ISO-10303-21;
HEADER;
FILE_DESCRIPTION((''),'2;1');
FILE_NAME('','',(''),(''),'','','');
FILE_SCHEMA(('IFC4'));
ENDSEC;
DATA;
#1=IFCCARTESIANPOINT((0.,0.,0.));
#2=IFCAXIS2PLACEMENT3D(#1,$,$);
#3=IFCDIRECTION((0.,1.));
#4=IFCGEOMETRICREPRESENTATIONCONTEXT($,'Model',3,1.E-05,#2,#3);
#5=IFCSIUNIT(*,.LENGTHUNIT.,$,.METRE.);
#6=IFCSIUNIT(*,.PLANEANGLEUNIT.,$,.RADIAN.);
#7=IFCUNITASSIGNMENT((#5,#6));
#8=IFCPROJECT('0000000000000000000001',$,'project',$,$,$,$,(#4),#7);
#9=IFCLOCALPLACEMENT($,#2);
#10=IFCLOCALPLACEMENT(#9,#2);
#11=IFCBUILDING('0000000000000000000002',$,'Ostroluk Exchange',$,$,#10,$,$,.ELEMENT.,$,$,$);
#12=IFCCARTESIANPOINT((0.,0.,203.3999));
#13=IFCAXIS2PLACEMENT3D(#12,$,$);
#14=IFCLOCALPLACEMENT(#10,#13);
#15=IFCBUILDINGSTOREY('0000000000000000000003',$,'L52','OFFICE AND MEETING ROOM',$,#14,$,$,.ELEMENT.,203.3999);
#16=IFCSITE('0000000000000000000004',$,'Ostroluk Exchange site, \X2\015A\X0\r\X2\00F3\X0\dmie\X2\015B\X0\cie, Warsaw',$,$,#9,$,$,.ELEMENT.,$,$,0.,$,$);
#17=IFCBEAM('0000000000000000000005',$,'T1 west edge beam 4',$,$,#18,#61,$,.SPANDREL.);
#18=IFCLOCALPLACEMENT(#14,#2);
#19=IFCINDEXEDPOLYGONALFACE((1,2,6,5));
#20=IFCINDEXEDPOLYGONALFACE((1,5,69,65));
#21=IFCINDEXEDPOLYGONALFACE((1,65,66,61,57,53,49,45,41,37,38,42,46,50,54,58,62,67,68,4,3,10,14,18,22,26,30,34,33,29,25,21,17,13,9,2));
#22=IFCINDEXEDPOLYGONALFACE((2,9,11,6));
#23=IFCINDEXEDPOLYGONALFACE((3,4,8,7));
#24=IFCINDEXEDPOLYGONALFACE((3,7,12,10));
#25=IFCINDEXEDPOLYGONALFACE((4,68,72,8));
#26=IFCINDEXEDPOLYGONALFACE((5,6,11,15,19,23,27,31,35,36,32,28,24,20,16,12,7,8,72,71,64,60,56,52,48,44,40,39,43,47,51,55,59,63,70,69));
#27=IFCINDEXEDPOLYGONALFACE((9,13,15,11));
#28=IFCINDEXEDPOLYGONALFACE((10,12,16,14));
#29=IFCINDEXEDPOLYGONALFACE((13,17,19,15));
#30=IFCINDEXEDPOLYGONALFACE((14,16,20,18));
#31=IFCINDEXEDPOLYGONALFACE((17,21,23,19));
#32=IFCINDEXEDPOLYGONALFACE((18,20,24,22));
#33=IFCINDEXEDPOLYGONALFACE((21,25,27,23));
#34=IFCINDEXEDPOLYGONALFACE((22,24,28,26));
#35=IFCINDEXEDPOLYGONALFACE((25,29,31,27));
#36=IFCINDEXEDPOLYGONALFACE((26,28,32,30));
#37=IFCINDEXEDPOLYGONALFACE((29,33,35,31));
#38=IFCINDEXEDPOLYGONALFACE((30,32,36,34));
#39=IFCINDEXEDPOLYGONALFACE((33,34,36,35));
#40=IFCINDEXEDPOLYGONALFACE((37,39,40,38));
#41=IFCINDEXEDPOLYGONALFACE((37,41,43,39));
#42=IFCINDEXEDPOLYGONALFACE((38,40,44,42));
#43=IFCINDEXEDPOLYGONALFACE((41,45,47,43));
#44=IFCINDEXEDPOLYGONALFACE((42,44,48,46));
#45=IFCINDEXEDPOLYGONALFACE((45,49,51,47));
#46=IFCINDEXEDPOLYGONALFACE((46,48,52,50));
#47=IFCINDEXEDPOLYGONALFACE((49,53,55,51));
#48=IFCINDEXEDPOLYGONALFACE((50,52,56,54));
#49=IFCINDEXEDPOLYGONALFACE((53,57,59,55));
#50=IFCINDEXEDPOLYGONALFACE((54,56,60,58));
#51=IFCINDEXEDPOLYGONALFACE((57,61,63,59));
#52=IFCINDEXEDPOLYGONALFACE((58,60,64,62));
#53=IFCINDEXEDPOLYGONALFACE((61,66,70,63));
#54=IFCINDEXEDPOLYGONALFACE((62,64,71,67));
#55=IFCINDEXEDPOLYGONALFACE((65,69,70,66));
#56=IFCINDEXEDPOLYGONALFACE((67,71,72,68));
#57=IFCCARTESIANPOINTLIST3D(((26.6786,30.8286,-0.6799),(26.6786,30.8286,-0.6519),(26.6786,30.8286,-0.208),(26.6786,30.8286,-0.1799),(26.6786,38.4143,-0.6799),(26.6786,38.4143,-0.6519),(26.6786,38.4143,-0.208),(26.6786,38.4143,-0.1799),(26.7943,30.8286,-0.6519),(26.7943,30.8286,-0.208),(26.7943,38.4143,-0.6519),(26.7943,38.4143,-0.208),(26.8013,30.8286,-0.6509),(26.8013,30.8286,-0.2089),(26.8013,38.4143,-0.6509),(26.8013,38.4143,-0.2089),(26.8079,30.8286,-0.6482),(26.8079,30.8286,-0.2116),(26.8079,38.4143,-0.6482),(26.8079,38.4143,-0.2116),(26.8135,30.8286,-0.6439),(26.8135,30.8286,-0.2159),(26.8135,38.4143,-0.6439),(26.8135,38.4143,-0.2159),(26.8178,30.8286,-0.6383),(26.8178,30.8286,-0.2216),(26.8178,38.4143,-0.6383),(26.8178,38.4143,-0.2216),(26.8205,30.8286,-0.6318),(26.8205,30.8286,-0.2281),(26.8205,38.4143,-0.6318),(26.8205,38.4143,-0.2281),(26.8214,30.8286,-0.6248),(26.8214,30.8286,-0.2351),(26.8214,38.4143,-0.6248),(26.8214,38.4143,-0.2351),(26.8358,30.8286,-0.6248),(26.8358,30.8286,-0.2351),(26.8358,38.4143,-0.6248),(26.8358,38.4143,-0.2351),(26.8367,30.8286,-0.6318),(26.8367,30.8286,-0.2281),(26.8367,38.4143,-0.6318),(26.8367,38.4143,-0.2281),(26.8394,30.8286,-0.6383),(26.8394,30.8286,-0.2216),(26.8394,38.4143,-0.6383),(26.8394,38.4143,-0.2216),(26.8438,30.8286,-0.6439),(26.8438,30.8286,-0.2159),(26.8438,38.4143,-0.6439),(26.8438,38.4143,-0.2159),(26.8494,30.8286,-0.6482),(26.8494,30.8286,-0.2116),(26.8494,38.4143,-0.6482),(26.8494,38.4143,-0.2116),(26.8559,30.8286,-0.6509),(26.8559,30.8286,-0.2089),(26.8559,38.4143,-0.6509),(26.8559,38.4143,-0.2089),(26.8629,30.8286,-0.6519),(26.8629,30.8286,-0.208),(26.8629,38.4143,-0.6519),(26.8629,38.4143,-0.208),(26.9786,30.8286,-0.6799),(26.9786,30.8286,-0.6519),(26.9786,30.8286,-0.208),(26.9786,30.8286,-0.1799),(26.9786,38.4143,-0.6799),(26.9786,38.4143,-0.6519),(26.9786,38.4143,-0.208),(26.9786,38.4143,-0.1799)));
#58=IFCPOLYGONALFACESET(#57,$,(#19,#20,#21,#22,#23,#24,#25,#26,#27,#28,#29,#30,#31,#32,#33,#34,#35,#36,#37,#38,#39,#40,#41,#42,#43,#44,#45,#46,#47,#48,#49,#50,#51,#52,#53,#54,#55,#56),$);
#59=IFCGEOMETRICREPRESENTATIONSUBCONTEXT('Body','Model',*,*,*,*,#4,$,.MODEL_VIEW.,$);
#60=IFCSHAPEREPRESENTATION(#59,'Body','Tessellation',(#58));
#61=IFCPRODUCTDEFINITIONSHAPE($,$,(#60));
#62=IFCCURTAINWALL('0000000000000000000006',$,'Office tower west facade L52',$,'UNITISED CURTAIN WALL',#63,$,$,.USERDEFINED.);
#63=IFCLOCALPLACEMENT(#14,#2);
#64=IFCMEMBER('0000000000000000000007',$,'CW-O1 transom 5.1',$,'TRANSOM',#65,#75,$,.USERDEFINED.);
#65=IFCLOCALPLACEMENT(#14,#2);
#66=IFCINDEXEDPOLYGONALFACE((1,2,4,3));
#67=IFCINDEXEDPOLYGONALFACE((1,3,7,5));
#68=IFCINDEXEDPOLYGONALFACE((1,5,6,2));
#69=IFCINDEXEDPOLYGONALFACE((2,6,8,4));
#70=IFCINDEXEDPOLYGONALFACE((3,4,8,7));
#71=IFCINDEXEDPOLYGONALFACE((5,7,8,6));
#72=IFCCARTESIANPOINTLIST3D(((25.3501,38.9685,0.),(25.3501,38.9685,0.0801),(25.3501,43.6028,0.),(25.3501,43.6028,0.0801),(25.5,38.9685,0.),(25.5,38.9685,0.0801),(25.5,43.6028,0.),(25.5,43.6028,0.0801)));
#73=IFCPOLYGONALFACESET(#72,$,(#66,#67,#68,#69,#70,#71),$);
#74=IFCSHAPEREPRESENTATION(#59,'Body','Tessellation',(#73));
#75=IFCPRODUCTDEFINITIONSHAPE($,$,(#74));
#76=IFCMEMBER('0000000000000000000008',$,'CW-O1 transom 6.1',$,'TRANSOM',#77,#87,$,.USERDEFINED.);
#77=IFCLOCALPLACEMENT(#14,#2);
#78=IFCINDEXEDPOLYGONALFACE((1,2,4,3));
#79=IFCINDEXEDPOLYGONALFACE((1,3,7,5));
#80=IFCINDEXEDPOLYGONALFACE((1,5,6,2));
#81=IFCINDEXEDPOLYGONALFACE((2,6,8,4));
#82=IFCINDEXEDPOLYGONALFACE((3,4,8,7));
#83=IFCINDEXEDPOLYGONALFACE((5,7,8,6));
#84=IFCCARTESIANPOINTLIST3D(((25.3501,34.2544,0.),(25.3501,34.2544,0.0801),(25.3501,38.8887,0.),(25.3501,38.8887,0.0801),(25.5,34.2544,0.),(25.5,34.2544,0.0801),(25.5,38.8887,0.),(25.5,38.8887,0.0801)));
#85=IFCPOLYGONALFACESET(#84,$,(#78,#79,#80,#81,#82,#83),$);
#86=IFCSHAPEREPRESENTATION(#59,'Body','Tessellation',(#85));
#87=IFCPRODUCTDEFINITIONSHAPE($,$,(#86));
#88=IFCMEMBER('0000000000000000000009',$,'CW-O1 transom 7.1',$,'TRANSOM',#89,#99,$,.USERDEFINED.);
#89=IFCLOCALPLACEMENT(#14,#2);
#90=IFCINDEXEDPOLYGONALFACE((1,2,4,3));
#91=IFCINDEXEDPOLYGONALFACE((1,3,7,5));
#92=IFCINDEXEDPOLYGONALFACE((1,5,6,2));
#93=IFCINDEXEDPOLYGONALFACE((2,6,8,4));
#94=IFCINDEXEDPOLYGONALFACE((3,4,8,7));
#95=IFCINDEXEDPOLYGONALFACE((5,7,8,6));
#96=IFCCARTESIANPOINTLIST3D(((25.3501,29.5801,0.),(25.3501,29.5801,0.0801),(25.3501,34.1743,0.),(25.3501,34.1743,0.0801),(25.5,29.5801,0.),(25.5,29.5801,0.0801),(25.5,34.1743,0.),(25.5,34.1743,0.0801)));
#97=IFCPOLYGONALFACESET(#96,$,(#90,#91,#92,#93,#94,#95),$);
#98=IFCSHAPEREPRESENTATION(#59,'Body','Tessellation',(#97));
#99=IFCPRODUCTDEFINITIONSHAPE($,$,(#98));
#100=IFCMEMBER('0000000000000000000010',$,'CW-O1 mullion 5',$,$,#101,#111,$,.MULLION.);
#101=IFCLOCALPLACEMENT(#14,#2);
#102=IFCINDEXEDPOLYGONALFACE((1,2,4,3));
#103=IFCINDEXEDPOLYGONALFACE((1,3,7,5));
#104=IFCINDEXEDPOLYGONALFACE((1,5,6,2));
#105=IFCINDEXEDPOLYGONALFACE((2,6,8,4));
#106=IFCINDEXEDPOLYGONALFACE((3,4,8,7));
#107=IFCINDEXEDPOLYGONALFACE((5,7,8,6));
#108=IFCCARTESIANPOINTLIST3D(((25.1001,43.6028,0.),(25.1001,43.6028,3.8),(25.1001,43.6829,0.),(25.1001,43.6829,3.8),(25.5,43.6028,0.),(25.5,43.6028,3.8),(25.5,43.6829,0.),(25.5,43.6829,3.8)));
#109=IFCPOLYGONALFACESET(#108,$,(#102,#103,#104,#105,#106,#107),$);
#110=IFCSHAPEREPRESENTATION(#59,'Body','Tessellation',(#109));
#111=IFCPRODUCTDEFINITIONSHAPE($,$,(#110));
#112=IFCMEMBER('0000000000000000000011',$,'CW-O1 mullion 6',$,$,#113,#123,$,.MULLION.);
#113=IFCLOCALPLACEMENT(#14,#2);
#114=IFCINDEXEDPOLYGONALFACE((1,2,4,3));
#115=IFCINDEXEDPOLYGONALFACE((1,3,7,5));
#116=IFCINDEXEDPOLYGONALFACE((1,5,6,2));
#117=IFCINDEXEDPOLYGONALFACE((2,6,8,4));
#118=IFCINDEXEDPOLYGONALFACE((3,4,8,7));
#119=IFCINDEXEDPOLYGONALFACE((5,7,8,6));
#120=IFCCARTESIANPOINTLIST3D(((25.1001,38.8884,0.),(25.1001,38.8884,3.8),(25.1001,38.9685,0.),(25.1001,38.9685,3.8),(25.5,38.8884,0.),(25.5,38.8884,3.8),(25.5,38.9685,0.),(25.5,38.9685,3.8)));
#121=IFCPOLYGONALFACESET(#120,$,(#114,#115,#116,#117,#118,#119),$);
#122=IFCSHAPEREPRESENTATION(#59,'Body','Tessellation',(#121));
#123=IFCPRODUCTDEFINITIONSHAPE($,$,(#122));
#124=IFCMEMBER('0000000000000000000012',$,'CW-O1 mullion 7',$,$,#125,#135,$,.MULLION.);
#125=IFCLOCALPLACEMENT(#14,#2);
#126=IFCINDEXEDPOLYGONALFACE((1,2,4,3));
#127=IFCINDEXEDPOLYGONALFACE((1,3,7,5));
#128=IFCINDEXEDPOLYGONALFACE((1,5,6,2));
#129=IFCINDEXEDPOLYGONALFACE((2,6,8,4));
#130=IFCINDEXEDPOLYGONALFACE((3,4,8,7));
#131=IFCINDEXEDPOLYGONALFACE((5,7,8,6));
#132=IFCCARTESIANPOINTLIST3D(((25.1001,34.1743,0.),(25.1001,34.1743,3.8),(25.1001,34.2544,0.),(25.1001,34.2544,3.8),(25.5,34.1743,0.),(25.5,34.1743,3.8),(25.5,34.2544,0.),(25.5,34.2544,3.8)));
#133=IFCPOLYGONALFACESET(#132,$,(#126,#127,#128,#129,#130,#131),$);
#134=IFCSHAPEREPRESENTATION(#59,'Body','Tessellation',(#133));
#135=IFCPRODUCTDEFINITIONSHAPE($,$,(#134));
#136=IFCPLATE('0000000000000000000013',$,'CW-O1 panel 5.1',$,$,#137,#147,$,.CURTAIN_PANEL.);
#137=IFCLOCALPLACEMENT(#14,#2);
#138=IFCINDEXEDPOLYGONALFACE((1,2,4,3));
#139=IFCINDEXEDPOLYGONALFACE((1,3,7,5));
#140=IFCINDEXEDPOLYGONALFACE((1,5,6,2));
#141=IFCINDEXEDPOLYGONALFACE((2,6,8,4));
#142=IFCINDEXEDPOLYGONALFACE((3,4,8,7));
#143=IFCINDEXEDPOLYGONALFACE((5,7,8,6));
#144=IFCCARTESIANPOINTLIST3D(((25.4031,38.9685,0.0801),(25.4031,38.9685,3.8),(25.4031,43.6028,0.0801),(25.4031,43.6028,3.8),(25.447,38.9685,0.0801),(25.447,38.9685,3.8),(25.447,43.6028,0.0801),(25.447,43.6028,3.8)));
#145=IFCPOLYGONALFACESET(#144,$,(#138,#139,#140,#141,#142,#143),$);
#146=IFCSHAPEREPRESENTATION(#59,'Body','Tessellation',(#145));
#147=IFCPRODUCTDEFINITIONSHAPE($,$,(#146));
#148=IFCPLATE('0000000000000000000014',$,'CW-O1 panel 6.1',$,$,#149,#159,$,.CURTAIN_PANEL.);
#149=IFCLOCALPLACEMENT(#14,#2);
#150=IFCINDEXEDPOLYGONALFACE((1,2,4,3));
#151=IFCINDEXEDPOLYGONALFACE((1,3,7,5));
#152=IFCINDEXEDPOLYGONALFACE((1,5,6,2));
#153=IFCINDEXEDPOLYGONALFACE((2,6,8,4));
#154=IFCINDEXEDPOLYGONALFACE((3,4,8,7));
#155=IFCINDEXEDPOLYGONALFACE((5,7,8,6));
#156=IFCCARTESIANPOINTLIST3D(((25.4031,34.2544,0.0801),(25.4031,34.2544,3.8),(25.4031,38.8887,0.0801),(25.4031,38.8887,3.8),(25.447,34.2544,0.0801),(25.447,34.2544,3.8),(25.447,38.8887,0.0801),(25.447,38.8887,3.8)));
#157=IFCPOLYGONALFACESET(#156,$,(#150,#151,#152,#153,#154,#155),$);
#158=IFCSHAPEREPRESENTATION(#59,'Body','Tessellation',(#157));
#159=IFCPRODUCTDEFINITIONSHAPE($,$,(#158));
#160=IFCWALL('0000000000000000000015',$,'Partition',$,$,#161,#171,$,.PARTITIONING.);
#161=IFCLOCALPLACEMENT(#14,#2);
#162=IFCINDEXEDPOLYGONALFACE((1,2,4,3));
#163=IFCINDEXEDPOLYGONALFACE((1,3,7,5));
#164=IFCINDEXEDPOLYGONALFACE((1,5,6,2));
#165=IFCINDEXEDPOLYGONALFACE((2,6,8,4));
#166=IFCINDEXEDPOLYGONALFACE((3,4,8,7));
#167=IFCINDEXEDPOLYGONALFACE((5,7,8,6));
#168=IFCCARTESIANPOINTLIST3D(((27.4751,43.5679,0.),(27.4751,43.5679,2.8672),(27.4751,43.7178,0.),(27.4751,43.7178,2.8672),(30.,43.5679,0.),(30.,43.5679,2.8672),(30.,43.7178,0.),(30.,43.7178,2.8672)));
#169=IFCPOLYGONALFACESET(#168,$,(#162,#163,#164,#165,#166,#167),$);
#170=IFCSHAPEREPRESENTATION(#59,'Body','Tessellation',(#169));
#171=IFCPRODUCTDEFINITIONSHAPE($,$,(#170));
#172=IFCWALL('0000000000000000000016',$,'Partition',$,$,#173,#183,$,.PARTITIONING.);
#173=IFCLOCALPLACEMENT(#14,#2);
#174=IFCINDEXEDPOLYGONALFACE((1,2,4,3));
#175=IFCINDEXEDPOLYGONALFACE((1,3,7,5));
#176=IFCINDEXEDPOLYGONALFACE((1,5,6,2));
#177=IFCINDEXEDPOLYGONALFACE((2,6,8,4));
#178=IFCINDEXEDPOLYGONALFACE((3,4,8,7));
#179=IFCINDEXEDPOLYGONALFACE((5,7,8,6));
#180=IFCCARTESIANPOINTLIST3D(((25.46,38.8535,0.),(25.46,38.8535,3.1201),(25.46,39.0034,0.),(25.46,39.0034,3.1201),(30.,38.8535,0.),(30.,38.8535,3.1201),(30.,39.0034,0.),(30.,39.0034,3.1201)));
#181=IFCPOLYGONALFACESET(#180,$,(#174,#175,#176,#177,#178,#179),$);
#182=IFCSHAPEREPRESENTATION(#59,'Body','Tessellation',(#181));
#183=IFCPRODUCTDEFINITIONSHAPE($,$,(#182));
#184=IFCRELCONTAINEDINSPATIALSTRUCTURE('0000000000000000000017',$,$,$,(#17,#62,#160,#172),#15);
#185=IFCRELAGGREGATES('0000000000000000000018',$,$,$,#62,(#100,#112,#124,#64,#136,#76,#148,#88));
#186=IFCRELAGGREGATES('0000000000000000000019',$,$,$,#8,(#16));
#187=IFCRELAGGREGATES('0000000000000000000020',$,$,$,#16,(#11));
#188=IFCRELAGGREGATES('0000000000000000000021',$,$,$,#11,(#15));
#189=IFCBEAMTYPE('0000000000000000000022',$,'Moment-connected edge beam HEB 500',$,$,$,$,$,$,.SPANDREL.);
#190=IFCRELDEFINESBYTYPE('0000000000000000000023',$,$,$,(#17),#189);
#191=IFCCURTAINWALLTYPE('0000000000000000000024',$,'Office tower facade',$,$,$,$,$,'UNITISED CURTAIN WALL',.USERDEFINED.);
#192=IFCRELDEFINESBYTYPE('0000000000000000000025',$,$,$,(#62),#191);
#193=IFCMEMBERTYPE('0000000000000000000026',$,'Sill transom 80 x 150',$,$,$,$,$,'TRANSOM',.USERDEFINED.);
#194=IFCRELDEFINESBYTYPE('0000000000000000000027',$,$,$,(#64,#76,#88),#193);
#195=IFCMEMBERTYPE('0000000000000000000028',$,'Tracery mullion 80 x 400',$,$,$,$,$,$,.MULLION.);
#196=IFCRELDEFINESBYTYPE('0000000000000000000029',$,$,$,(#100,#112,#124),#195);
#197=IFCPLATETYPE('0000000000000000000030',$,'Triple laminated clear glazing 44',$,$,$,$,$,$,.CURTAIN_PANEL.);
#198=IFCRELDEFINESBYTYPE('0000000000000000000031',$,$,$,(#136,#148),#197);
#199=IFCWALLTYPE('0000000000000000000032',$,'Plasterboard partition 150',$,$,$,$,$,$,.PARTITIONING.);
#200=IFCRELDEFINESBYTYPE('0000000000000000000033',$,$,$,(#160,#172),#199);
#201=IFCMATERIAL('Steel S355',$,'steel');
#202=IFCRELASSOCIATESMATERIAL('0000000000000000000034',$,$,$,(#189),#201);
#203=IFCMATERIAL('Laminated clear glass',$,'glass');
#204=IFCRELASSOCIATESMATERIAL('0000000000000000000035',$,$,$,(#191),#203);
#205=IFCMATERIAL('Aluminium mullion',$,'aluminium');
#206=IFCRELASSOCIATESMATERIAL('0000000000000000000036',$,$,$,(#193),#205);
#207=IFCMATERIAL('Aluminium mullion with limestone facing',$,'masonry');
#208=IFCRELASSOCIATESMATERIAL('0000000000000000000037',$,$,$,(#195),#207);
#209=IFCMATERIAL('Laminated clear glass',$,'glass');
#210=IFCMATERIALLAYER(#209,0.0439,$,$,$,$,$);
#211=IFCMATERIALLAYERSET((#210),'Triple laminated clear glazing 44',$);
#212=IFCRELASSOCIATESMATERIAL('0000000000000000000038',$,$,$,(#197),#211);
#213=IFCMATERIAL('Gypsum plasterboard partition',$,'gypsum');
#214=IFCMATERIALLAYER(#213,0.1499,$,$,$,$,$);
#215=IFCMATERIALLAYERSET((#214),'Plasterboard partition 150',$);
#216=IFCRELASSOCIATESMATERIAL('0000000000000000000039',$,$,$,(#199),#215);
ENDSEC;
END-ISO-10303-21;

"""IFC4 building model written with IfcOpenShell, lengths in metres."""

from ifc_helpers import new_model, si_unit, direction, frame, frame_2d, origin, origin_2d, place, context, subcontext, project, spatial, rectangle, i_section, extrude, material, layer, layer_set, material_profile, profile_set, type_object, element, aggregate, save


model = new_model("IFC4")

# Units and contexts
model_context = context("Model", 3, precision=1e-05, world=origin(), true_north=direction((0.0, 1.0)))
body_context = subcontext(model_context, "Body", "Model", "MODEL_VIEW")
ifc_project = project(units=[si_unit("LENGTHUNIT", "METRE"), si_unit("PLANEANGLEUNIT", "RADIAN")], contexts=[model_context])

# Site, building, storey
site_placement = place(None, origin())
site = spatial("IfcSite", under=ifc_project, at=site_placement, Name="Ostroluk Exchange site, Śródmieście, Warsaw", CompositionType="ELEMENT", RefElevation=0.0)
building_placement = place(site_placement, origin())
building = spatial("IfcBuilding", under=site, at=building_placement, Name="Ostroluk Exchange", CompositionType="ELEMENT")
storey_placement = place(building_placement, frame((0.0, 0.0, 203.3999)))
storey = spatial("IfcBuildingStorey", under=building, at=storey_placement, Name="L52", Description="OFFICE AND MEETING ROOM", CompositionType="ELEMENT", Elevation=203.3999)

# Beam
ifc_material_1 = material(Name="Steel S355", Category="steel")
ifc_material_profile_1 = material_profile(ifc_material_1, i_section(OverallWidth=0.3, OverallDepth=0.5, WebThickness=0.0144, FlangeThickness=0.0281, FilletRadius=0.0271, at=origin_2d()), Name="HEB 500")
ifc_profile_set_1 = profile_set([ifc_material_profile_1], Name="Steel S355")
beam_type_1 = type_object("IfcBeamType", Name="Moment-connected edge beam HEB 500", PredefinedType="SPANDREL", material=ifc_profile_set_1)
beam_1_placement = place(storey_placement, frame((26.8286, 38.4143, -0.4299), z_axis=(0.0, -1.0, 0.0), x_axis=(1.0, 0.0, 0.0)))
element("IfcBeam", 1, at=beam_1_placement, inside=storey, type_object=beam_type_1, Name="T1 west edge beam 4", PredefinedType="SPANDREL", context=body_context, shape_type="SweptSolid", body=[
    extrude(i_section(OverallWidth=0.3, OverallDepth=0.5, WebThickness=0.0144, FlangeThickness=0.0281, FilletRadius=0.0271, at=origin_2d()), origin(), (0.0, 0.0, 1.0), 7.5857),
])

# Curtain wall, members, plates
ifc_material_2 = material(Name="Laminated clear glass", Category="glass")
curtain_wall_type = type_object("IfcCurtainWallType", Name="Office tower facade", ElementType="UNITISED CURTAIN WALL", PredefinedType="USERDEFINED", material=ifc_material_2)
curtain_wall_placement = place(storey_placement, origin())
curtain_wall = element("IfcCurtainWall", 2, at=curtain_wall_placement, inside=storey, type_object=curtain_wall_type, Name="Office tower west facade L52", ObjectType="UNITISED CURTAIN WALL", PredefinedType="USERDEFINED")
ifc_material_3 = material(Name="Aluminium mullion", Category="aluminium")
ifc_material_profile_2 = material_profile(ifc_material_3, rectangle(XDim=0.1499, YDim=0.0801, at=origin_2d()), Name="Sill transom 80 x 150")
ifc_profile_set_2 = profile_set([ifc_material_profile_2], Name="Aluminium mullion")
member_type_1 = type_object("IfcMemberType", Name="Sill transom 80 x 150", ElementType="TRANSOM", PredefinedType="USERDEFINED", material=ifc_profile_set_2)
member_1_placement = place(storey_placement, frame((25.425, 43.6028, 0.04), z_axis=(0.0, -1.0, 0.0), x_axis=(1.0, 0.0, 0.0)))
member_1 = element("IfcMember", 3, at=member_1_placement, type_object=member_type_1, Name="CW-O1 transom 5.1", ObjectType="TRANSOM", PredefinedType="USERDEFINED", context=body_context, shape_type="SweptSolid", body=[
    extrude(rectangle(XDim=0.1499, YDim=0.0801, at=origin_2d()), origin(), (0.0, 0.0, 1.0), 4.6343),
])
member_2_placement = place(storey_placement, frame((25.425, 38.8887, 0.04), z_axis=(0.0, -1.0, 0.0), x_axis=(1.0, 0.0, 0.0)))
member_2 = element("IfcMember", 4, at=member_2_placement, type_object=member_type_1, Name="CW-O1 transom 6.1", ObjectType="TRANSOM", PredefinedType="USERDEFINED", context=body_context, shape_type="SweptSolid", body=[
    extrude(rectangle(XDim=0.1499, YDim=0.0801, at=origin_2d()), origin(), (0.0, 0.0, 1.0), 4.6343),
])
member_3_placement = place(storey_placement, frame((25.425, 34.1743, 0.04), z_axis=(0.0, -1.0, 0.0), x_axis=(1.0, 0.0, 0.0)))
member_3 = element("IfcMember", 5, at=member_3_placement, type_object=member_type_1, Name="CW-O1 transom 7.1", ObjectType="TRANSOM", PredefinedType="USERDEFINED", context=body_context, shape_type="SweptSolid", body=[
    extrude(rectangle(XDim=0.1499, YDim=0.0801, at=origin_2d()), origin(), (0.0, 0.0, 1.0), 4.5942),
])
ifc_material_4 = material(Name="Aluminium mullion with limestone facing", Category="masonry")
ifc_material_profile_3 = material_profile(ifc_material_4, rectangle(XDim=0.3999, YDim=0.0801, at=origin_2d()), Name="Tracery mullion 80 x 400")
ifc_profile_set_3 = profile_set([ifc_material_profile_3], Name="Aluminium mullion with limestone facing")
member_type_2 = type_object("IfcMemberType", Name="Tracery mullion 80 x 400", PredefinedType="MULLION", material=ifc_profile_set_3)
member_4_placement = place(storey_placement, frame((25.3, 43.6428, 0.0), z_axis=(0.0, 0.0, 1.0), x_axis=(1.0, 0.0, 0.0)))
member_4 = element("IfcMember", 6, at=member_4_placement, type_object=member_type_2, Name="CW-O1 mullion 5", PredefinedType="MULLION", context=body_context, shape_type="SweptSolid", body=[
    extrude(rectangle(XDim=0.3999, YDim=0.0801, at=origin_2d()), origin(), (0.0, 0.0, 1.0), 3.8),
])
member_5_placement = place(storey_placement, frame((25.3, 38.9285, 0.0), z_axis=(0.0, 0.0, 1.0), x_axis=(1.0, 0.0, 0.0)))
member_5 = element("IfcMember", 7, at=member_5_placement, type_object=member_type_2, Name="CW-O1 mullion 6", PredefinedType="MULLION", context=body_context, shape_type="SweptSolid", body=[
    extrude(rectangle(XDim=0.3999, YDim=0.0801, at=origin_2d()), origin(), (0.0, 0.0, 1.0), 3.8),
])
member_6_placement = place(storey_placement, frame((25.3, 34.2144, 0.0), z_axis=(0.0, 0.0, 1.0), x_axis=(1.0, 0.0, 0.0)))
member_6 = element("IfcMember", 8, at=member_6_placement, type_object=member_type_2, Name="CW-O1 mullion 7", PredefinedType="MULLION", context=body_context, shape_type="SweptSolid", body=[
    extrude(rectangle(XDim=0.3999, YDim=0.0801, at=origin_2d()), origin(), (0.0, 0.0, 1.0), 3.8),
])
ifc_material_5 = material(Name="Laminated clear glass", Category="glass")
ifc_layer_1 = layer(ifc_material_5, 0.0439)
ifc_layer_set_1 = layer_set([ifc_layer_1], Name="Triple laminated clear glazing 44")
plate_type = type_object("IfcPlateType", Name="Triple laminated clear glazing 44", PredefinedType="CURTAIN_PANEL", material=ifc_layer_set_1)
plate_1_placement = place(storey_placement, frame((25.425, 41.2856, 0.0801), z_axis=(0.0, 0.0, 1.0), x_axis=(0.0, -1.0, 0.0)))
plate_1 = element("IfcPlate", 9, at=plate_1_placement, type_object=plate_type, Name="CW-O1 panel 5.1", PredefinedType="CURTAIN_PANEL", context=body_context, shape_type="SweptSolid", body=[
    extrude(rectangle(XDim=4.6343, YDim=0.0439, at=origin_2d()), origin(), (0.0, 0.0, 1.0), 3.72),
])
plate_2_placement = place(storey_placement, frame((25.425, 36.5715, 0.0801), z_axis=(0.0, 0.0, 1.0), x_axis=(0.0, -1.0, 0.0)))
plate_2 = element("IfcPlate", 10, at=plate_2_placement, type_object=plate_type, Name="CW-O1 panel 6.1", PredefinedType="CURTAIN_PANEL", context=body_context, shape_type="SweptSolid", body=[
    extrude(rectangle(XDim=4.6343, YDim=0.0439, at=origin_2d()), origin(), (0.0, 0.0, 1.0), 3.72),
])
aggregate(curtain_wall, [member_4, member_5, member_6, member_1, plate_1, member_2, plate_2, member_3])

# Walls
ifc_material_6 = material(Name="Gypsum plasterboard partition", Category="gypsum")
ifc_layer_2 = layer(ifc_material_6, 0.1499)
ifc_layer_set_2 = layer_set([ifc_layer_2], Name="Plasterboard partition 150")
wall_type_1 = type_object("IfcWallType", Name="Plasterboard partition 150", PredefinedType="PARTITIONING", material=ifc_layer_set_2)
wall_1_placement = place(storey_placement, frame((30.0, 43.6428, 0.0), z_axis=(0.0, 0.0, 1.0), x_axis=(-1.0, 0.0, 0.0)))
element("IfcWall", 11, at=wall_1_placement, inside=storey, type_object=wall_type_1, Name="Partition", PredefinedType="PARTITIONING", context=body_context, shape_type="SweptSolid", body=[
    extrude(rectangle(XDim=2.5249, YDim=0.1499, at=frame_2d((1.2625, 0.0))), origin(), (0.0, 0.0, 1.0), 2.8672),
])
wall_2_placement = place(storey_placement, frame((30.0, 38.9285, 0.0), z_axis=(0.0, 0.0, 1.0), x_axis=(-1.0, 0.0, 0.0)))
element("IfcWall", 12, at=wall_2_placement, inside=storey, type_object=wall_type_1, Name="Partition", PredefinedType="PARTITIONING", context=body_context, shape_type="SweptSolid", body=[
    extrude(rectangle(XDim=4.54, YDim=0.1499, at=frame_2d((2.27, 0.0))), origin(), (0.0, 0.0, 1.0), 3.1201),
])

save(model, "model.ifc")
